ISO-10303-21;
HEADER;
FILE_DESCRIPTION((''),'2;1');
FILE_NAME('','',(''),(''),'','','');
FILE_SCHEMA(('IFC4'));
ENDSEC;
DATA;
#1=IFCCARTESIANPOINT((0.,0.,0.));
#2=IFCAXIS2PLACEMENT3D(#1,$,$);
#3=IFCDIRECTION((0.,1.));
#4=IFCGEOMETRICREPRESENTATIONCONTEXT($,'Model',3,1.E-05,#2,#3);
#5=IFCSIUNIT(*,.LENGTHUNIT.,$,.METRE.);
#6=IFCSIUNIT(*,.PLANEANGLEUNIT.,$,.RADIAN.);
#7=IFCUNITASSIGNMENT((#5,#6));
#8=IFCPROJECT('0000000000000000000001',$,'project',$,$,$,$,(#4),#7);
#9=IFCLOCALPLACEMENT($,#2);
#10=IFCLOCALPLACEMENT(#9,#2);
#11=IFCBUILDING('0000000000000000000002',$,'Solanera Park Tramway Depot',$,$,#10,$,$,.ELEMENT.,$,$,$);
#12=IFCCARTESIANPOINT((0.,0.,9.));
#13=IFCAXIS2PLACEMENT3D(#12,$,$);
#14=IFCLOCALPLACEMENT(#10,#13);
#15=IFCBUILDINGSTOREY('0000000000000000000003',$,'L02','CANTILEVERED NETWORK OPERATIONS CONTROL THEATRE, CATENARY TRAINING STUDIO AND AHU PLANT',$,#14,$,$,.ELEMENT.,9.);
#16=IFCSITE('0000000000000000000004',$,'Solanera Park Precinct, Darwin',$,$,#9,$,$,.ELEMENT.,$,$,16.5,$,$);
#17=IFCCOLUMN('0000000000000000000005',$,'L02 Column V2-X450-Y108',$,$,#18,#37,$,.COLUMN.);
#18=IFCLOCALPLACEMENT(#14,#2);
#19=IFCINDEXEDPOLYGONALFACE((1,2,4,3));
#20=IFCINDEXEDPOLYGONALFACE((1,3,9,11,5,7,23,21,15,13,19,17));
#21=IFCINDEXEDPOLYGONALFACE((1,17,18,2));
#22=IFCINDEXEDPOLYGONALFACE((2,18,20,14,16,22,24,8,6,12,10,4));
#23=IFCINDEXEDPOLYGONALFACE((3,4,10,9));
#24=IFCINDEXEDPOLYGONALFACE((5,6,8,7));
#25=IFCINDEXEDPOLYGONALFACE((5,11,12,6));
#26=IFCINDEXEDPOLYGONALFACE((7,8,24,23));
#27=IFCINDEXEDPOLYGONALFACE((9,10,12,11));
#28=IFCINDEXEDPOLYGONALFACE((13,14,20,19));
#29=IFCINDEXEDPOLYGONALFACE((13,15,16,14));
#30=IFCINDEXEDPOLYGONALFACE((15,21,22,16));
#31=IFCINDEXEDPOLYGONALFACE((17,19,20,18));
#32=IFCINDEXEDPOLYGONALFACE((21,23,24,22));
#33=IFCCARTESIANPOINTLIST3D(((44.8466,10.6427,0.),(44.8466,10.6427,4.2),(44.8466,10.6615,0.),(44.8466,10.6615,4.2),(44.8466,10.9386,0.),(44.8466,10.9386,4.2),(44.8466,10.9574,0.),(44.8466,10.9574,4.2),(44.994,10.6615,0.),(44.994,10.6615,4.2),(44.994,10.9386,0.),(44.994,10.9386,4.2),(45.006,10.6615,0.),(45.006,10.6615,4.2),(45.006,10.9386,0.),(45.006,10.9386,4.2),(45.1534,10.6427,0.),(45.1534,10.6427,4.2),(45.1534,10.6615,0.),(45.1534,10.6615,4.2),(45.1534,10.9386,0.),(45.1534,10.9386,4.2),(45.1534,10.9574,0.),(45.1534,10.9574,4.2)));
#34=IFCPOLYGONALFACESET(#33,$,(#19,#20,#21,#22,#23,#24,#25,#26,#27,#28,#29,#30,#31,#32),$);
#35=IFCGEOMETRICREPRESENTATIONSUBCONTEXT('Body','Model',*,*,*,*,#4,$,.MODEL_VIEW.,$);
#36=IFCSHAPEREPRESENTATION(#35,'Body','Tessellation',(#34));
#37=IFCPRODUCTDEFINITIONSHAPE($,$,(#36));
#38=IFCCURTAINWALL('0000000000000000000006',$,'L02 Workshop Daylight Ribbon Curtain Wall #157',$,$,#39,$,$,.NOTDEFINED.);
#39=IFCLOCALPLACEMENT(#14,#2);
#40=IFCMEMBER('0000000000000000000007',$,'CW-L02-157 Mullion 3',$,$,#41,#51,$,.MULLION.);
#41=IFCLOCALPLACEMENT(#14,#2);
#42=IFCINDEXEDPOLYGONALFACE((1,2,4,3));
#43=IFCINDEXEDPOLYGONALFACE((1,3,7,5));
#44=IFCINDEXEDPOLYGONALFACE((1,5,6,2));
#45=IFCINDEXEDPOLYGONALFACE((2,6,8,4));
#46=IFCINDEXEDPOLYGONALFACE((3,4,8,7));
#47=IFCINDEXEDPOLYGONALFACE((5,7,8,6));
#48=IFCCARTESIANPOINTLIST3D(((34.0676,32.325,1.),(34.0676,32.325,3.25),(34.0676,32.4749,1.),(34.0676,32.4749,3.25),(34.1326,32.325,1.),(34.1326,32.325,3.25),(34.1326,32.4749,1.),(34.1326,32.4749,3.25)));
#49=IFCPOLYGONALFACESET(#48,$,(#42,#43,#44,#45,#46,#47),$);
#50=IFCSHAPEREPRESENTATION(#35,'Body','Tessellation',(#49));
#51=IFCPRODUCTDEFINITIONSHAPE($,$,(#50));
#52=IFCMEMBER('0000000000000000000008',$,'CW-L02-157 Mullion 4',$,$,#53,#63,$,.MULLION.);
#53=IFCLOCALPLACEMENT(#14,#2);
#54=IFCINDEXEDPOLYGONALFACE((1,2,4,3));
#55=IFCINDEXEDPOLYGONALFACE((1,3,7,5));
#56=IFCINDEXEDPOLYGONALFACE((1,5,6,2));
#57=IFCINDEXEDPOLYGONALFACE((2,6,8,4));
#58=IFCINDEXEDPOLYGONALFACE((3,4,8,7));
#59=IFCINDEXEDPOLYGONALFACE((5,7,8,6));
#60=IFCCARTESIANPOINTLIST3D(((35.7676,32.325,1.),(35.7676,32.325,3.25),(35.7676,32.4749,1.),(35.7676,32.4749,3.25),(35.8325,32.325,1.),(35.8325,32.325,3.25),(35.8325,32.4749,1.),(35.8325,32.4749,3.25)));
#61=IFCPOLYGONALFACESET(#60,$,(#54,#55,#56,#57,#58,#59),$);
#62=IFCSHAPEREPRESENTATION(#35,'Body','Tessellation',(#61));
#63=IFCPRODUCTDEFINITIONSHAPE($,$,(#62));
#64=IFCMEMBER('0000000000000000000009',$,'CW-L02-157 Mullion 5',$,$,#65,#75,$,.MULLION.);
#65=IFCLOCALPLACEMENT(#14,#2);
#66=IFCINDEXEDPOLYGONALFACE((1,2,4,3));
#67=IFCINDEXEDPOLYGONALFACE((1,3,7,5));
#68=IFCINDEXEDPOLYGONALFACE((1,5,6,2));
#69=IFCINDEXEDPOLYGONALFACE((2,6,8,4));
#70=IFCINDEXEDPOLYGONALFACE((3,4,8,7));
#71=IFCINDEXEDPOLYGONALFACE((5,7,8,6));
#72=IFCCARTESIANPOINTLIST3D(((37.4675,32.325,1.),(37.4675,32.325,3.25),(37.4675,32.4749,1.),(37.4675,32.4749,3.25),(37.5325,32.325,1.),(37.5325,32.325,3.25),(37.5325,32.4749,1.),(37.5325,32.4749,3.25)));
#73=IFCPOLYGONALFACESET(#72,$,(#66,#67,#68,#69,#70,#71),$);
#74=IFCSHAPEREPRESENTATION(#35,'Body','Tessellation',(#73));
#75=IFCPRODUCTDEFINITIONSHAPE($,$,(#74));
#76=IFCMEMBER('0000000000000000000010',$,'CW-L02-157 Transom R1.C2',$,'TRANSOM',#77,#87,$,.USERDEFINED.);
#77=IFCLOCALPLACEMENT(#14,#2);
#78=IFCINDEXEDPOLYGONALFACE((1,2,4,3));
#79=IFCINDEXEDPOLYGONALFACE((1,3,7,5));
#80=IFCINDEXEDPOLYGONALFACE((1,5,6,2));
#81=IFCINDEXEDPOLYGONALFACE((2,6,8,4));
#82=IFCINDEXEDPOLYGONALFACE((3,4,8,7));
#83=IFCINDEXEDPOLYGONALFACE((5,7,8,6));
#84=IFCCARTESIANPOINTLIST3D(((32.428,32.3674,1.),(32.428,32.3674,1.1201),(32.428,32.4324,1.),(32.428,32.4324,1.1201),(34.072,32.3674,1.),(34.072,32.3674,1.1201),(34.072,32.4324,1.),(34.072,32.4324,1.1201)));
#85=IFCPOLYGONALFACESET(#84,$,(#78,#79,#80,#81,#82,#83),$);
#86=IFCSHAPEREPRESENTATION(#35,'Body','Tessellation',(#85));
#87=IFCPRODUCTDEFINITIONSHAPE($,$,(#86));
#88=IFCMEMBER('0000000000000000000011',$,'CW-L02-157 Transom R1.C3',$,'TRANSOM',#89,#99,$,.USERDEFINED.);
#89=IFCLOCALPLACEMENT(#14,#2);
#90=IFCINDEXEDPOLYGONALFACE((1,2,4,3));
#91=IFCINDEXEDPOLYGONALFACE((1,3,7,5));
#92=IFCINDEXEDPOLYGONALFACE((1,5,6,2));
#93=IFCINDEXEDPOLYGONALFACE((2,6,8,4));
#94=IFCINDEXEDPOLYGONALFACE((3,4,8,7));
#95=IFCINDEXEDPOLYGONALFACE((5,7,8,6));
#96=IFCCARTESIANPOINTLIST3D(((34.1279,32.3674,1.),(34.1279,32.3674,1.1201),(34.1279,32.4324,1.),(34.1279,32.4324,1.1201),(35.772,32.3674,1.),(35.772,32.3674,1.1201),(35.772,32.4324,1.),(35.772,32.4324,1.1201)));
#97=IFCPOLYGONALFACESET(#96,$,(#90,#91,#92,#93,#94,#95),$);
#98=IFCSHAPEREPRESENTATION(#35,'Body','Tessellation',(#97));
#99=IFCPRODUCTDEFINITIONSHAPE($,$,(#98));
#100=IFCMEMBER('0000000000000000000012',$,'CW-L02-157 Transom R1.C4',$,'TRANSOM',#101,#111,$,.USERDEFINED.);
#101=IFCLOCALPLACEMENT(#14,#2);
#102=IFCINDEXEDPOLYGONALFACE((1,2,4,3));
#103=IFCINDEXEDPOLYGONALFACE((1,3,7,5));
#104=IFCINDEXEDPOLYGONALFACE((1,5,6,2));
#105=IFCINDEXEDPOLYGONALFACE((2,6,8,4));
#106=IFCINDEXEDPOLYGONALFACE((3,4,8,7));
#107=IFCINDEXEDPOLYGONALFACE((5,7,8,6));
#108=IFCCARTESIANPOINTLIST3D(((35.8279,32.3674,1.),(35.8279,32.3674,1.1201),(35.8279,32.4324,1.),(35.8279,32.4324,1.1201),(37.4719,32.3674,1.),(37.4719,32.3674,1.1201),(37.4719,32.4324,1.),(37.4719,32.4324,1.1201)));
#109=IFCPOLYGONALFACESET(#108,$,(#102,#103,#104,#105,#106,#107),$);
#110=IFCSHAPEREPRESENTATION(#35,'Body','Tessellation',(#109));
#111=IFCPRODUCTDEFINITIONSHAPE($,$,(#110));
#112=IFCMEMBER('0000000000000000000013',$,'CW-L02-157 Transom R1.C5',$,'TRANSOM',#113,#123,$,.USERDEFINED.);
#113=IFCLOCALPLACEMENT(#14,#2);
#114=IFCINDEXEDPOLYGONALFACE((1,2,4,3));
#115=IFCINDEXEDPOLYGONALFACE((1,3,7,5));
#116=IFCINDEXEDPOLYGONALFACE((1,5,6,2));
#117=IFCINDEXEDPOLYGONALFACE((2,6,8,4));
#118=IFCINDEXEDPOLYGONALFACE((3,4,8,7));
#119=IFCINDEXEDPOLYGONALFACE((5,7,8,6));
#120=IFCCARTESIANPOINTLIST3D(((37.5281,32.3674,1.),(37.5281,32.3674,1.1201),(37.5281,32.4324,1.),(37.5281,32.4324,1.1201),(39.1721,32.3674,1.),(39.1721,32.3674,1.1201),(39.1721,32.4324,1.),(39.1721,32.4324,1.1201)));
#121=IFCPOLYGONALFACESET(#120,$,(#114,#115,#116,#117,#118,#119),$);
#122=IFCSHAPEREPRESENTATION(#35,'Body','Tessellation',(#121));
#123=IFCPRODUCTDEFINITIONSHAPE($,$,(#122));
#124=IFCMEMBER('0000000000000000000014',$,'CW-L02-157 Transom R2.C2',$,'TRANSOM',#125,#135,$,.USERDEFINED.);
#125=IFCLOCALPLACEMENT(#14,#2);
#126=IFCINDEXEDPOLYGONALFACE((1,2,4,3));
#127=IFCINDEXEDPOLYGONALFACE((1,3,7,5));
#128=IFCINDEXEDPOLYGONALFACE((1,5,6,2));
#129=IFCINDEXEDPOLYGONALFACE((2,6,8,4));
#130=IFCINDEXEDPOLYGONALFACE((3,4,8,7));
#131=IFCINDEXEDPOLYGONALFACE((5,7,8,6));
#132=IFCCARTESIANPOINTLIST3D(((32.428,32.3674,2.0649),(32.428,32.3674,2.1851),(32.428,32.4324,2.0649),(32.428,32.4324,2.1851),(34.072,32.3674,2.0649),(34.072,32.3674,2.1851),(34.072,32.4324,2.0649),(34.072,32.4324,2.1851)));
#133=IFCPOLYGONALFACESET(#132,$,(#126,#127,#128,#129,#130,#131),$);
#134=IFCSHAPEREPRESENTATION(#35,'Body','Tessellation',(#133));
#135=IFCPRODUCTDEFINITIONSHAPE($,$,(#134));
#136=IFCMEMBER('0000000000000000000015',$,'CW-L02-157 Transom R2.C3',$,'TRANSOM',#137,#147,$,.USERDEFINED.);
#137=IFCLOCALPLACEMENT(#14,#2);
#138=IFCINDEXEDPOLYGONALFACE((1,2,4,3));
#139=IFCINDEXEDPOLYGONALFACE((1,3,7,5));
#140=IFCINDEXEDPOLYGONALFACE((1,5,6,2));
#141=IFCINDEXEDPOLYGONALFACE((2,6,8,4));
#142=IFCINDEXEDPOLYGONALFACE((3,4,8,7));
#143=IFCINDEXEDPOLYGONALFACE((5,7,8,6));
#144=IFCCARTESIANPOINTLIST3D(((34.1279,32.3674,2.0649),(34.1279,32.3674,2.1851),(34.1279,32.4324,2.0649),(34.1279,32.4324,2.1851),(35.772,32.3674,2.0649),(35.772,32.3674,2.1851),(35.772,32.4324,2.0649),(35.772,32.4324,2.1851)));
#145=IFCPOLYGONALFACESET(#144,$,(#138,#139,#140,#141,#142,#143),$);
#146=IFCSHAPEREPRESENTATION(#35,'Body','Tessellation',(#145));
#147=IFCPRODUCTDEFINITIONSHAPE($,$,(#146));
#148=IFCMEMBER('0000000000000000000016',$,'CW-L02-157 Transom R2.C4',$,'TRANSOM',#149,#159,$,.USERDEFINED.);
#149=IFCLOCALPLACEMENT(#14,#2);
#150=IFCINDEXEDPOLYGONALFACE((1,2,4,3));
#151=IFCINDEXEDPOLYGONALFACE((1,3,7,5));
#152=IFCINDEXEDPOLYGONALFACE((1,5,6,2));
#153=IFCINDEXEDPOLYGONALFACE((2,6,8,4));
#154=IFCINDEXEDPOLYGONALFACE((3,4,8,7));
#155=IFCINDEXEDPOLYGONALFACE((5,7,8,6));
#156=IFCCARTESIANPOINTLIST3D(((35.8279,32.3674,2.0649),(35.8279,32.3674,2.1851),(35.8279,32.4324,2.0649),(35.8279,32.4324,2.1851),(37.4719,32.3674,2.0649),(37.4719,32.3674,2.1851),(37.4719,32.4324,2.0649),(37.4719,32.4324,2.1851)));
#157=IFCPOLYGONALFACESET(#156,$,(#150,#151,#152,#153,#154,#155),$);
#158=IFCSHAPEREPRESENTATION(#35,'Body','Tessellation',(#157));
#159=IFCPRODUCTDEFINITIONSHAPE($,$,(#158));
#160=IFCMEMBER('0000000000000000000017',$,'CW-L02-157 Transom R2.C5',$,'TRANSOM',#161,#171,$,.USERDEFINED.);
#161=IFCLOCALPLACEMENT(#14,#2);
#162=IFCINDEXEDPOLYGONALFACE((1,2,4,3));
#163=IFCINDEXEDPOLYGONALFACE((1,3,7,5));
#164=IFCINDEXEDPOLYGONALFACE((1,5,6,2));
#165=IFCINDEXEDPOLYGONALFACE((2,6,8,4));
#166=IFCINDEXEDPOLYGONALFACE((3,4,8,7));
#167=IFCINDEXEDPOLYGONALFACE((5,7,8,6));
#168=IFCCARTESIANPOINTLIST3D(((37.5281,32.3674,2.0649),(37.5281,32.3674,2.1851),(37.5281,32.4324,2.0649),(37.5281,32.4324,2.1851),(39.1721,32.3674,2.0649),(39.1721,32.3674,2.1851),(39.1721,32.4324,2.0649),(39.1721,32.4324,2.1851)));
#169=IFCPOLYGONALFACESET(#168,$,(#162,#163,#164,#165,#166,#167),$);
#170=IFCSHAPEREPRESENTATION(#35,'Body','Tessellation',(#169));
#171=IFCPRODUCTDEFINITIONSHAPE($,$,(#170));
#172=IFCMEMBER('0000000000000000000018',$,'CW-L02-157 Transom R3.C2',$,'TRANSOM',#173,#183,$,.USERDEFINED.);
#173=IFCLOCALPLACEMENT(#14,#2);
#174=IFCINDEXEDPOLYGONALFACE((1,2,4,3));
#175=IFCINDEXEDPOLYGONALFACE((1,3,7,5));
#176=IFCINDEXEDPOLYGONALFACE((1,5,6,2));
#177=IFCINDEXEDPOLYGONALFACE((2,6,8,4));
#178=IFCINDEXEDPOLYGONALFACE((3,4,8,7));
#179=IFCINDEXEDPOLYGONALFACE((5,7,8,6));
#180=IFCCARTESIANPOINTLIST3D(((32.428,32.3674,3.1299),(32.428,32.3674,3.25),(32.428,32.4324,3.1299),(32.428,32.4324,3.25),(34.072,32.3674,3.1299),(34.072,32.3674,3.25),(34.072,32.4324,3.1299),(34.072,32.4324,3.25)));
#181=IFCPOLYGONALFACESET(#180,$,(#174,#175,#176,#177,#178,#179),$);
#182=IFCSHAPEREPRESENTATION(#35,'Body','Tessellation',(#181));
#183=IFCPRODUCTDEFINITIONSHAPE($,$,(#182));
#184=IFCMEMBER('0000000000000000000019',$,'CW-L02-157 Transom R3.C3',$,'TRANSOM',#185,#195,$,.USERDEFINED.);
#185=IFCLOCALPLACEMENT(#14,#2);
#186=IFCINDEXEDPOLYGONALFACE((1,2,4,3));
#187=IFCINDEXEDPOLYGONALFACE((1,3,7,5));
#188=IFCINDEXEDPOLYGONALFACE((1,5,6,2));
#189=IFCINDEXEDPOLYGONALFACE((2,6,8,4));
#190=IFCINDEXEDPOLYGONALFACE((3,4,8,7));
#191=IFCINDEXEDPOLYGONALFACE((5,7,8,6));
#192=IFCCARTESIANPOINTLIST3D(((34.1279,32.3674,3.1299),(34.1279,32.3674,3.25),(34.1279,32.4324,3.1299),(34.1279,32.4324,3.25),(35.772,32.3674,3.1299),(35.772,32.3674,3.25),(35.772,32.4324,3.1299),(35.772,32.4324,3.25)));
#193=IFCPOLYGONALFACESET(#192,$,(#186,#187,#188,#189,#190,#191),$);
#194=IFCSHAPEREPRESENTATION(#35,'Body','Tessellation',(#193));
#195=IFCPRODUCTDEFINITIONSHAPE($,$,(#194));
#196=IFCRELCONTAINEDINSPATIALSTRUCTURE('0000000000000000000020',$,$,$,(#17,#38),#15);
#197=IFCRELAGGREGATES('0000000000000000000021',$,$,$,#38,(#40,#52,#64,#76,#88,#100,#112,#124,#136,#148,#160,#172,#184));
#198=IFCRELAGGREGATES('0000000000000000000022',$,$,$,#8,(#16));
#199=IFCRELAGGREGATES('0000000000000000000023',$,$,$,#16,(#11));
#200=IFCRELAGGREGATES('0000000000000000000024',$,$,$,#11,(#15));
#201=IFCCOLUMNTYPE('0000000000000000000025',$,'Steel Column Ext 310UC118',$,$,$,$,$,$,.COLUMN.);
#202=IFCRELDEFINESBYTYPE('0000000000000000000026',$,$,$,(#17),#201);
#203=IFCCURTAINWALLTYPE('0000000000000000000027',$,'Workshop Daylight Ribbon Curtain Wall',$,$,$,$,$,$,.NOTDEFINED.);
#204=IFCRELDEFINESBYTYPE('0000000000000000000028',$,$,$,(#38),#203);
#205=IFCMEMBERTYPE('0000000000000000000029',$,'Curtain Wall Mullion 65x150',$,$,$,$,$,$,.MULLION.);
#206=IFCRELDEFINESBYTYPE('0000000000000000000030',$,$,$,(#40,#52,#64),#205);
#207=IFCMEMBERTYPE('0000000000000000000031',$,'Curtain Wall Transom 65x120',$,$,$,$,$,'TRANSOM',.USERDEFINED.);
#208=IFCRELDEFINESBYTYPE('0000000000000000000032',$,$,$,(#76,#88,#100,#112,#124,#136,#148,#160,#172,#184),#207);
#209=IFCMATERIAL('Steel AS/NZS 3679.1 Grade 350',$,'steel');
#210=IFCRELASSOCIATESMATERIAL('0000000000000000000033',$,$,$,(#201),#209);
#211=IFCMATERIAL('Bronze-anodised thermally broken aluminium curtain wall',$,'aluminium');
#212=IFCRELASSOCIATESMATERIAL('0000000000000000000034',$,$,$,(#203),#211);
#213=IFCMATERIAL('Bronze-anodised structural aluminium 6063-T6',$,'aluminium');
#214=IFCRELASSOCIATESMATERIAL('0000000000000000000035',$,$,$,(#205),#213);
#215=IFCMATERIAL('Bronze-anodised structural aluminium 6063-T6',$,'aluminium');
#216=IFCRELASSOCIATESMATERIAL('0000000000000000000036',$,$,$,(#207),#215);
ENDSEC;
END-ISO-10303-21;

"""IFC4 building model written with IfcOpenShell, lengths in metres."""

from ifc_helpers import new_model, si_unit, direction, frame, origin, origin_2d, place, context, subcontext, project, spatial, rectangle, i_section, extrude, material, material_profile, profile_set, type_object, element, aggregate, save


model = new_model("IFC4")

# Units and contexts
model_context = context("Model", 3, precision=1e-05, world=origin(), true_north=direction((0.0, 1.0)))
body_context = subcontext(model_context, "Body", "Model", "MODEL_VIEW")
ifc_project = project(units=[si_unit("LENGTHUNIT", "METRE"), si_unit("PLANEANGLEUNIT", "RADIAN")], contexts=[model_context])

# Site, building, storey
site_placement = place(None, origin())
site = spatial("IfcSite", under=ifc_project, at=site_placement, Name="Solanera Park Precinct, Darwin", CompositionType="ELEMENT", RefElevation=16.5)
building_placement = place(site_placement, origin())
building = spatial("IfcBuilding", under=site, at=building_placement, Name="Solanera Park Tramway Depot", CompositionType="ELEMENT")
storey_placement = place(building_placement, frame((0.0, 0.0, 9.0)))
storey = spatial("IfcBuildingStorey", under=building, at=storey_placement, Name="L02", Description="CANTILEVERED NETWORK OPERATIONS CONTROL THEATRE, CATENARY TRAINING STUDIO AND AHU PLANT", CompositionType="ELEMENT", Elevation=9.0)

# Column
ifc_material_1 = material(Name="Steel AS/NZS 3679.1 Grade 350", Category="steel")
ifc_material_profile_1 = material_profile(ifc_material_1, i_section(OverallWidth=0.3069, OverallDepth=0.3147, WebThickness=0.012, FlangeThickness=0.0188, at=origin_2d()), Name="310UC118")
ifc_profile_set_1 = profile_set([ifc_material_profile_1], Name="Steel AS/NZS 3679.1 Grade 350")
column_type = type_object("IfcColumnType", Name="Steel Column Ext 310UC118", PredefinedType="COLUMN", material=ifc_profile_set_1)
column_placement = place(storey_placement, frame((45.0, 10.8, 0.0), z_axis=(0.0, 0.0, 1.0), x_axis=(1.0, 0.0, 0.0)))
element("IfcColumn", 1, at=column_placement, inside=storey, type_object=column_type, Name="L02 Column V2-X450-Y108", PredefinedType="COLUMN", context=body_context, shape_type="SweptSolid", body=[
    extrude(i_section(OverallWidth=0.3069, OverallDepth=0.3147, WebThickness=0.012, FlangeThickness=0.0188, at=origin_2d()), origin(), (0.0, 0.0, 1.0), 4.2),
])

# Curtain wall, members
ifc_material_2 = material(Name="Bronze-anodised thermally broken aluminium curtain wall", Category="aluminium")
curtain_wall_type = type_object("IfcCurtainWallType", Name="Workshop Daylight Ribbon Curtain Wall", PredefinedType="NOTDEFINED", material=ifc_material_2)
curtain_wall_placement = place(storey_placement, origin())
curtain_wall = element("IfcCurtainWall", 2, at=curtain_wall_placement, inside=storey, type_object=curtain_wall_type, Name="L02 Workshop Daylight Ribbon Curtain Wall #157", PredefinedType="NOTDEFINED")
ifc_material_3 = material(Name="Bronze-anodised structural aluminium 6063-T6", Category="aluminium")
ifc_material_profile_2 = material_profile(ifc_material_3, rectangle(XDim=0.0649, YDim=0.1499, at=origin_2d()), Name="Curtain Wall Mullion 65x150")
ifc_profile_set_2 = profile_set([ifc_material_profile_2], Name="Bronze-anodised structural aluminium 6063-T6")
member_type_1 = type_object("IfcMemberType", Name="Curtain Wall Mullion 65x150", PredefinedType="MULLION", material=ifc_profile_set_2)
member_1_placement = place(storey_placement, frame((34.1001, 32.3999, 1.0), z_axis=(0.0, 0.0, 1.0), x_axis=(1.0, 0.0, 0.0)))
member_1 = element("IfcMember", 3, at=member_1_placement, type_object=member_type_1, Name="CW-L02-157 Mullion 3", PredefinedType="MULLION", context=body_context, shape_type="SweptSolid", body=[
    extrude(rectangle(XDim=0.0649, YDim=0.1499, at=origin_2d()), origin(), (0.0, 0.0, 1.0), 2.25),
])
member_2_placement = place(storey_placement, frame((35.8, 32.3999, 1.0), z_axis=(0.0, 0.0, 1.0), x_axis=(1.0, 0.0, 0.0)))
member_2 = element("IfcMember", 4, at=member_2_placement, type_object=member_type_1, Name="CW-L02-157 Mullion 4", PredefinedType="MULLION", context=body_context, shape_type="SweptSolid", body=[
    extrude(rectangle(XDim=0.0649, YDim=0.1499, at=origin_2d()), origin(), (0.0, 0.0, 1.0), 2.25),
])
member_3_placement = place(storey_placement, frame((37.5, 32.3999, 1.0), z_axis=(0.0, 0.0, 1.0), x_axis=(1.0, 0.0, 0.0)))
member_3 = element("IfcMember", 5, at=member_3_placement, type_object=member_type_1, Name="CW-L02-157 Mullion 5", PredefinedType="MULLION", context=body_context, shape_type="SweptSolid", body=[
    extrude(rectangle(XDim=0.0649, YDim=0.1499, at=origin_2d()), origin(), (0.0, 0.0, 1.0), 2.25),
])
ifc_material_4 = material(Name="Bronze-anodised structural aluminium 6063-T6", Category="aluminium")
ifc_material_profile_3 = material_profile(ifc_material_4, rectangle(XDim=0.0649, YDim=0.1201, at=origin_2d()), Name="Curtain Wall Transom 65x120")
ifc_profile_set_3 = profile_set([ifc_material_profile_3], Name="Bronze-anodised structural aluminium 6063-T6")
member_type_2 = type_object("IfcMemberType", Name="Curtain Wall Transom 65x120", ElementType="TRANSOM", PredefinedType="USERDEFINED", material=ifc_profile_set_3)
member_4_placement = place(storey_placement, frame((32.428, 32.3999, 1.0601), z_axis=(1.0, 0.0, 0.0), x_axis=(0.0, 1.0, 0.0)))
member_4 = element("IfcMember", 6, at=member_4_placement, type_object=member_type_2, Name="CW-L02-157 Transom R1.C2", ObjectType="TRANSOM", PredefinedType="USERDEFINED", context=body_context, shape_type="SweptSolid", body=[
    extrude(rectangle(XDim=0.0649, YDim=0.1201, at=origin_2d()), origin(), (0.0, 0.0, 1.0), 1.644),
])
member_5_placement = place(storey_placement, frame((34.1279, 32.3999, 1.0601), z_axis=(1.0, 0.0, 0.0), x_axis=(0.0, 1.0, 0.0)))
member_5 = element("IfcMember", 7, at=member_5_placement, type_object=member_type_2, Name="CW-L02-157 Transom R1.C3", ObjectType="TRANSOM", PredefinedType="USERDEFINED", context=body_context, shape_type="SweptSolid", body=[
    extrude(rectangle(XDim=0.0649, YDim=0.1201, at=origin_2d()), origin(), (0.0, 0.0, 1.0), 1.644),
])
member_6_placement = place(storey_placement, frame((35.8279, 32.3999, 1.0601), z_axis=(1.0, 0.0, 0.0), x_axis=(0.0, 1.0, 0.0)))
member_6 = element("IfcMember", 8, at=member_6_placement, type_object=member_type_2, Name="CW-L02-157 Transom R1.C4", ObjectType="TRANSOM", PredefinedType="USERDEFINED", context=body_context, shape_type="SweptSolid", body=[
    extrude(rectangle(XDim=0.0649, YDim=0.1201, at=origin_2d()), origin(), (0.0, 0.0, 1.0), 1.644),
])
member_7_placement = place(storey_placement, frame((37.5281, 32.3999, 1.0601), z_axis=(1.0, 0.0, 0.0), x_axis=(0.0, 1.0, 0.0)))
member_7 = element("IfcMember", 9, at=member_7_placement, type_object=member_type_2, Name="CW-L02-157 Transom R1.C5", ObjectType="TRANSOM", PredefinedType="USERDEFINED", context=body_context, shape_type="SweptSolid", body=[
    extrude(rectangle(XDim=0.0649, YDim=0.1201, at=origin_2d()), origin(), (0.0, 0.0, 1.0), 1.644),
])
member_8_placement = place(storey_placement, frame((32.428, 32.3999, 2.125), z_axis=(1.0, 0.0, 0.0), x_axis=(0.0, 1.0, 0.0)))
member_8 = element("IfcMember", 10, at=member_8_placement, type_object=member_type_2, Name="CW-L02-157 Transom R2.C2", ObjectType="TRANSOM", PredefinedType="USERDEFINED", context=body_context, shape_type="SweptSolid", body=[
    extrude(rectangle(XDim=0.0649, YDim=0.1201, at=origin_2d()), origin(), (0.0, 0.0, 1.0), 1.644),
])
member_9_placement = place(storey_placement, frame((34.1279, 32.3999, 2.125), z_axis=(1.0, 0.0, 0.0), x_axis=(0.0, 1.0, 0.0)))
member_9 = element("IfcMember", 11, at=member_9_placement, type_object=member_type_2, Name="CW-L02-157 Transom R2.C3", ObjectType="TRANSOM", PredefinedType="USERDEFINED", context=body_context, shape_type="SweptSolid", body=[
    extrude(rectangle(XDim=0.0649, YDim=0.1201, at=origin_2d()), origin(), (0.0, 0.0, 1.0), 1.644),
])
member_10_placement = place(storey_placement, frame((35.8279, 32.3999, 2.125), z_axis=(1.0, 0.0, 0.0), x_axis=(0.0, 1.0, 0.0)))
member_10 = element("IfcMember", 12, at=member_10_placement, type_object=member_type_2, Name="CW-L02-157 Transom R2.C4", ObjectType="TRANSOM", PredefinedType="USERDEFINED", context=body_context, shape_type="SweptSolid", body=[
    extrude(rectangle(XDim=0.0649, YDim=0.1201, at=origin_2d()), origin(), (0.0, 0.0, 1.0), 1.644),
])
member_11_placement = place(storey_placement, frame((37.5281, 32.3999, 2.125), z_axis=(1.0, 0.0, 0.0), x_axis=(0.0, 1.0, 0.0)))
member_11 = element("IfcMember", 13, at=member_11_placement, type_object=member_type_2, Name="CW-L02-157 Transom R2.C5", ObjectType="TRANSOM", PredefinedType="USERDEFINED", context=body_context, shape_type="SweptSolid", body=[
    extrude(rectangle(XDim=0.0649, YDim=0.1201, at=origin_2d()), origin(), (0.0, 0.0, 1.0), 1.644),
])
member_12_placement = place(storey_placement, frame((32.428, 32.3999, 3.1899), z_axis=(1.0, 0.0, 0.0), x_axis=(0.0, 1.0, 0.0)))
member_12 = element("IfcMember", 14, at=member_12_placement, type_object=member_type_2, Name="CW-L02-157 Transom R3.C2", ObjectType="TRANSOM", PredefinedType="USERDEFINED", context=body_context, shape_type="SweptSolid", body=[
    extrude(rectangle(XDim=0.0649, YDim=0.1201, at=origin_2d()), origin(), (0.0, 0.0, 1.0), 1.644),
])
member_13_placement = place(storey_placement, frame((34.1279, 32.3999, 3.1899), z_axis=(1.0, 0.0, 0.0), x_axis=(0.0, 1.0, 0.0)))
member_13 = element("IfcMember", 15, at=member_13_placement, type_object=member_type_2, Name="CW-L02-157 Transom R3.C3", ObjectType="TRANSOM", PredefinedType="USERDEFINED", context=body_context, shape_type="SweptSolid", body=[
    extrude(rectangle(XDim=0.0649, YDim=0.1201, at=origin_2d()), origin(), (0.0, 0.0, 1.0), 1.644),
])
aggregate(curtain_wall, [member_1, member_2, member_3, member_4, member_5, member_6, member_7, member_8, member_9, member_10, member_11, member_12, member_13])

save(model, "model.ifc")
